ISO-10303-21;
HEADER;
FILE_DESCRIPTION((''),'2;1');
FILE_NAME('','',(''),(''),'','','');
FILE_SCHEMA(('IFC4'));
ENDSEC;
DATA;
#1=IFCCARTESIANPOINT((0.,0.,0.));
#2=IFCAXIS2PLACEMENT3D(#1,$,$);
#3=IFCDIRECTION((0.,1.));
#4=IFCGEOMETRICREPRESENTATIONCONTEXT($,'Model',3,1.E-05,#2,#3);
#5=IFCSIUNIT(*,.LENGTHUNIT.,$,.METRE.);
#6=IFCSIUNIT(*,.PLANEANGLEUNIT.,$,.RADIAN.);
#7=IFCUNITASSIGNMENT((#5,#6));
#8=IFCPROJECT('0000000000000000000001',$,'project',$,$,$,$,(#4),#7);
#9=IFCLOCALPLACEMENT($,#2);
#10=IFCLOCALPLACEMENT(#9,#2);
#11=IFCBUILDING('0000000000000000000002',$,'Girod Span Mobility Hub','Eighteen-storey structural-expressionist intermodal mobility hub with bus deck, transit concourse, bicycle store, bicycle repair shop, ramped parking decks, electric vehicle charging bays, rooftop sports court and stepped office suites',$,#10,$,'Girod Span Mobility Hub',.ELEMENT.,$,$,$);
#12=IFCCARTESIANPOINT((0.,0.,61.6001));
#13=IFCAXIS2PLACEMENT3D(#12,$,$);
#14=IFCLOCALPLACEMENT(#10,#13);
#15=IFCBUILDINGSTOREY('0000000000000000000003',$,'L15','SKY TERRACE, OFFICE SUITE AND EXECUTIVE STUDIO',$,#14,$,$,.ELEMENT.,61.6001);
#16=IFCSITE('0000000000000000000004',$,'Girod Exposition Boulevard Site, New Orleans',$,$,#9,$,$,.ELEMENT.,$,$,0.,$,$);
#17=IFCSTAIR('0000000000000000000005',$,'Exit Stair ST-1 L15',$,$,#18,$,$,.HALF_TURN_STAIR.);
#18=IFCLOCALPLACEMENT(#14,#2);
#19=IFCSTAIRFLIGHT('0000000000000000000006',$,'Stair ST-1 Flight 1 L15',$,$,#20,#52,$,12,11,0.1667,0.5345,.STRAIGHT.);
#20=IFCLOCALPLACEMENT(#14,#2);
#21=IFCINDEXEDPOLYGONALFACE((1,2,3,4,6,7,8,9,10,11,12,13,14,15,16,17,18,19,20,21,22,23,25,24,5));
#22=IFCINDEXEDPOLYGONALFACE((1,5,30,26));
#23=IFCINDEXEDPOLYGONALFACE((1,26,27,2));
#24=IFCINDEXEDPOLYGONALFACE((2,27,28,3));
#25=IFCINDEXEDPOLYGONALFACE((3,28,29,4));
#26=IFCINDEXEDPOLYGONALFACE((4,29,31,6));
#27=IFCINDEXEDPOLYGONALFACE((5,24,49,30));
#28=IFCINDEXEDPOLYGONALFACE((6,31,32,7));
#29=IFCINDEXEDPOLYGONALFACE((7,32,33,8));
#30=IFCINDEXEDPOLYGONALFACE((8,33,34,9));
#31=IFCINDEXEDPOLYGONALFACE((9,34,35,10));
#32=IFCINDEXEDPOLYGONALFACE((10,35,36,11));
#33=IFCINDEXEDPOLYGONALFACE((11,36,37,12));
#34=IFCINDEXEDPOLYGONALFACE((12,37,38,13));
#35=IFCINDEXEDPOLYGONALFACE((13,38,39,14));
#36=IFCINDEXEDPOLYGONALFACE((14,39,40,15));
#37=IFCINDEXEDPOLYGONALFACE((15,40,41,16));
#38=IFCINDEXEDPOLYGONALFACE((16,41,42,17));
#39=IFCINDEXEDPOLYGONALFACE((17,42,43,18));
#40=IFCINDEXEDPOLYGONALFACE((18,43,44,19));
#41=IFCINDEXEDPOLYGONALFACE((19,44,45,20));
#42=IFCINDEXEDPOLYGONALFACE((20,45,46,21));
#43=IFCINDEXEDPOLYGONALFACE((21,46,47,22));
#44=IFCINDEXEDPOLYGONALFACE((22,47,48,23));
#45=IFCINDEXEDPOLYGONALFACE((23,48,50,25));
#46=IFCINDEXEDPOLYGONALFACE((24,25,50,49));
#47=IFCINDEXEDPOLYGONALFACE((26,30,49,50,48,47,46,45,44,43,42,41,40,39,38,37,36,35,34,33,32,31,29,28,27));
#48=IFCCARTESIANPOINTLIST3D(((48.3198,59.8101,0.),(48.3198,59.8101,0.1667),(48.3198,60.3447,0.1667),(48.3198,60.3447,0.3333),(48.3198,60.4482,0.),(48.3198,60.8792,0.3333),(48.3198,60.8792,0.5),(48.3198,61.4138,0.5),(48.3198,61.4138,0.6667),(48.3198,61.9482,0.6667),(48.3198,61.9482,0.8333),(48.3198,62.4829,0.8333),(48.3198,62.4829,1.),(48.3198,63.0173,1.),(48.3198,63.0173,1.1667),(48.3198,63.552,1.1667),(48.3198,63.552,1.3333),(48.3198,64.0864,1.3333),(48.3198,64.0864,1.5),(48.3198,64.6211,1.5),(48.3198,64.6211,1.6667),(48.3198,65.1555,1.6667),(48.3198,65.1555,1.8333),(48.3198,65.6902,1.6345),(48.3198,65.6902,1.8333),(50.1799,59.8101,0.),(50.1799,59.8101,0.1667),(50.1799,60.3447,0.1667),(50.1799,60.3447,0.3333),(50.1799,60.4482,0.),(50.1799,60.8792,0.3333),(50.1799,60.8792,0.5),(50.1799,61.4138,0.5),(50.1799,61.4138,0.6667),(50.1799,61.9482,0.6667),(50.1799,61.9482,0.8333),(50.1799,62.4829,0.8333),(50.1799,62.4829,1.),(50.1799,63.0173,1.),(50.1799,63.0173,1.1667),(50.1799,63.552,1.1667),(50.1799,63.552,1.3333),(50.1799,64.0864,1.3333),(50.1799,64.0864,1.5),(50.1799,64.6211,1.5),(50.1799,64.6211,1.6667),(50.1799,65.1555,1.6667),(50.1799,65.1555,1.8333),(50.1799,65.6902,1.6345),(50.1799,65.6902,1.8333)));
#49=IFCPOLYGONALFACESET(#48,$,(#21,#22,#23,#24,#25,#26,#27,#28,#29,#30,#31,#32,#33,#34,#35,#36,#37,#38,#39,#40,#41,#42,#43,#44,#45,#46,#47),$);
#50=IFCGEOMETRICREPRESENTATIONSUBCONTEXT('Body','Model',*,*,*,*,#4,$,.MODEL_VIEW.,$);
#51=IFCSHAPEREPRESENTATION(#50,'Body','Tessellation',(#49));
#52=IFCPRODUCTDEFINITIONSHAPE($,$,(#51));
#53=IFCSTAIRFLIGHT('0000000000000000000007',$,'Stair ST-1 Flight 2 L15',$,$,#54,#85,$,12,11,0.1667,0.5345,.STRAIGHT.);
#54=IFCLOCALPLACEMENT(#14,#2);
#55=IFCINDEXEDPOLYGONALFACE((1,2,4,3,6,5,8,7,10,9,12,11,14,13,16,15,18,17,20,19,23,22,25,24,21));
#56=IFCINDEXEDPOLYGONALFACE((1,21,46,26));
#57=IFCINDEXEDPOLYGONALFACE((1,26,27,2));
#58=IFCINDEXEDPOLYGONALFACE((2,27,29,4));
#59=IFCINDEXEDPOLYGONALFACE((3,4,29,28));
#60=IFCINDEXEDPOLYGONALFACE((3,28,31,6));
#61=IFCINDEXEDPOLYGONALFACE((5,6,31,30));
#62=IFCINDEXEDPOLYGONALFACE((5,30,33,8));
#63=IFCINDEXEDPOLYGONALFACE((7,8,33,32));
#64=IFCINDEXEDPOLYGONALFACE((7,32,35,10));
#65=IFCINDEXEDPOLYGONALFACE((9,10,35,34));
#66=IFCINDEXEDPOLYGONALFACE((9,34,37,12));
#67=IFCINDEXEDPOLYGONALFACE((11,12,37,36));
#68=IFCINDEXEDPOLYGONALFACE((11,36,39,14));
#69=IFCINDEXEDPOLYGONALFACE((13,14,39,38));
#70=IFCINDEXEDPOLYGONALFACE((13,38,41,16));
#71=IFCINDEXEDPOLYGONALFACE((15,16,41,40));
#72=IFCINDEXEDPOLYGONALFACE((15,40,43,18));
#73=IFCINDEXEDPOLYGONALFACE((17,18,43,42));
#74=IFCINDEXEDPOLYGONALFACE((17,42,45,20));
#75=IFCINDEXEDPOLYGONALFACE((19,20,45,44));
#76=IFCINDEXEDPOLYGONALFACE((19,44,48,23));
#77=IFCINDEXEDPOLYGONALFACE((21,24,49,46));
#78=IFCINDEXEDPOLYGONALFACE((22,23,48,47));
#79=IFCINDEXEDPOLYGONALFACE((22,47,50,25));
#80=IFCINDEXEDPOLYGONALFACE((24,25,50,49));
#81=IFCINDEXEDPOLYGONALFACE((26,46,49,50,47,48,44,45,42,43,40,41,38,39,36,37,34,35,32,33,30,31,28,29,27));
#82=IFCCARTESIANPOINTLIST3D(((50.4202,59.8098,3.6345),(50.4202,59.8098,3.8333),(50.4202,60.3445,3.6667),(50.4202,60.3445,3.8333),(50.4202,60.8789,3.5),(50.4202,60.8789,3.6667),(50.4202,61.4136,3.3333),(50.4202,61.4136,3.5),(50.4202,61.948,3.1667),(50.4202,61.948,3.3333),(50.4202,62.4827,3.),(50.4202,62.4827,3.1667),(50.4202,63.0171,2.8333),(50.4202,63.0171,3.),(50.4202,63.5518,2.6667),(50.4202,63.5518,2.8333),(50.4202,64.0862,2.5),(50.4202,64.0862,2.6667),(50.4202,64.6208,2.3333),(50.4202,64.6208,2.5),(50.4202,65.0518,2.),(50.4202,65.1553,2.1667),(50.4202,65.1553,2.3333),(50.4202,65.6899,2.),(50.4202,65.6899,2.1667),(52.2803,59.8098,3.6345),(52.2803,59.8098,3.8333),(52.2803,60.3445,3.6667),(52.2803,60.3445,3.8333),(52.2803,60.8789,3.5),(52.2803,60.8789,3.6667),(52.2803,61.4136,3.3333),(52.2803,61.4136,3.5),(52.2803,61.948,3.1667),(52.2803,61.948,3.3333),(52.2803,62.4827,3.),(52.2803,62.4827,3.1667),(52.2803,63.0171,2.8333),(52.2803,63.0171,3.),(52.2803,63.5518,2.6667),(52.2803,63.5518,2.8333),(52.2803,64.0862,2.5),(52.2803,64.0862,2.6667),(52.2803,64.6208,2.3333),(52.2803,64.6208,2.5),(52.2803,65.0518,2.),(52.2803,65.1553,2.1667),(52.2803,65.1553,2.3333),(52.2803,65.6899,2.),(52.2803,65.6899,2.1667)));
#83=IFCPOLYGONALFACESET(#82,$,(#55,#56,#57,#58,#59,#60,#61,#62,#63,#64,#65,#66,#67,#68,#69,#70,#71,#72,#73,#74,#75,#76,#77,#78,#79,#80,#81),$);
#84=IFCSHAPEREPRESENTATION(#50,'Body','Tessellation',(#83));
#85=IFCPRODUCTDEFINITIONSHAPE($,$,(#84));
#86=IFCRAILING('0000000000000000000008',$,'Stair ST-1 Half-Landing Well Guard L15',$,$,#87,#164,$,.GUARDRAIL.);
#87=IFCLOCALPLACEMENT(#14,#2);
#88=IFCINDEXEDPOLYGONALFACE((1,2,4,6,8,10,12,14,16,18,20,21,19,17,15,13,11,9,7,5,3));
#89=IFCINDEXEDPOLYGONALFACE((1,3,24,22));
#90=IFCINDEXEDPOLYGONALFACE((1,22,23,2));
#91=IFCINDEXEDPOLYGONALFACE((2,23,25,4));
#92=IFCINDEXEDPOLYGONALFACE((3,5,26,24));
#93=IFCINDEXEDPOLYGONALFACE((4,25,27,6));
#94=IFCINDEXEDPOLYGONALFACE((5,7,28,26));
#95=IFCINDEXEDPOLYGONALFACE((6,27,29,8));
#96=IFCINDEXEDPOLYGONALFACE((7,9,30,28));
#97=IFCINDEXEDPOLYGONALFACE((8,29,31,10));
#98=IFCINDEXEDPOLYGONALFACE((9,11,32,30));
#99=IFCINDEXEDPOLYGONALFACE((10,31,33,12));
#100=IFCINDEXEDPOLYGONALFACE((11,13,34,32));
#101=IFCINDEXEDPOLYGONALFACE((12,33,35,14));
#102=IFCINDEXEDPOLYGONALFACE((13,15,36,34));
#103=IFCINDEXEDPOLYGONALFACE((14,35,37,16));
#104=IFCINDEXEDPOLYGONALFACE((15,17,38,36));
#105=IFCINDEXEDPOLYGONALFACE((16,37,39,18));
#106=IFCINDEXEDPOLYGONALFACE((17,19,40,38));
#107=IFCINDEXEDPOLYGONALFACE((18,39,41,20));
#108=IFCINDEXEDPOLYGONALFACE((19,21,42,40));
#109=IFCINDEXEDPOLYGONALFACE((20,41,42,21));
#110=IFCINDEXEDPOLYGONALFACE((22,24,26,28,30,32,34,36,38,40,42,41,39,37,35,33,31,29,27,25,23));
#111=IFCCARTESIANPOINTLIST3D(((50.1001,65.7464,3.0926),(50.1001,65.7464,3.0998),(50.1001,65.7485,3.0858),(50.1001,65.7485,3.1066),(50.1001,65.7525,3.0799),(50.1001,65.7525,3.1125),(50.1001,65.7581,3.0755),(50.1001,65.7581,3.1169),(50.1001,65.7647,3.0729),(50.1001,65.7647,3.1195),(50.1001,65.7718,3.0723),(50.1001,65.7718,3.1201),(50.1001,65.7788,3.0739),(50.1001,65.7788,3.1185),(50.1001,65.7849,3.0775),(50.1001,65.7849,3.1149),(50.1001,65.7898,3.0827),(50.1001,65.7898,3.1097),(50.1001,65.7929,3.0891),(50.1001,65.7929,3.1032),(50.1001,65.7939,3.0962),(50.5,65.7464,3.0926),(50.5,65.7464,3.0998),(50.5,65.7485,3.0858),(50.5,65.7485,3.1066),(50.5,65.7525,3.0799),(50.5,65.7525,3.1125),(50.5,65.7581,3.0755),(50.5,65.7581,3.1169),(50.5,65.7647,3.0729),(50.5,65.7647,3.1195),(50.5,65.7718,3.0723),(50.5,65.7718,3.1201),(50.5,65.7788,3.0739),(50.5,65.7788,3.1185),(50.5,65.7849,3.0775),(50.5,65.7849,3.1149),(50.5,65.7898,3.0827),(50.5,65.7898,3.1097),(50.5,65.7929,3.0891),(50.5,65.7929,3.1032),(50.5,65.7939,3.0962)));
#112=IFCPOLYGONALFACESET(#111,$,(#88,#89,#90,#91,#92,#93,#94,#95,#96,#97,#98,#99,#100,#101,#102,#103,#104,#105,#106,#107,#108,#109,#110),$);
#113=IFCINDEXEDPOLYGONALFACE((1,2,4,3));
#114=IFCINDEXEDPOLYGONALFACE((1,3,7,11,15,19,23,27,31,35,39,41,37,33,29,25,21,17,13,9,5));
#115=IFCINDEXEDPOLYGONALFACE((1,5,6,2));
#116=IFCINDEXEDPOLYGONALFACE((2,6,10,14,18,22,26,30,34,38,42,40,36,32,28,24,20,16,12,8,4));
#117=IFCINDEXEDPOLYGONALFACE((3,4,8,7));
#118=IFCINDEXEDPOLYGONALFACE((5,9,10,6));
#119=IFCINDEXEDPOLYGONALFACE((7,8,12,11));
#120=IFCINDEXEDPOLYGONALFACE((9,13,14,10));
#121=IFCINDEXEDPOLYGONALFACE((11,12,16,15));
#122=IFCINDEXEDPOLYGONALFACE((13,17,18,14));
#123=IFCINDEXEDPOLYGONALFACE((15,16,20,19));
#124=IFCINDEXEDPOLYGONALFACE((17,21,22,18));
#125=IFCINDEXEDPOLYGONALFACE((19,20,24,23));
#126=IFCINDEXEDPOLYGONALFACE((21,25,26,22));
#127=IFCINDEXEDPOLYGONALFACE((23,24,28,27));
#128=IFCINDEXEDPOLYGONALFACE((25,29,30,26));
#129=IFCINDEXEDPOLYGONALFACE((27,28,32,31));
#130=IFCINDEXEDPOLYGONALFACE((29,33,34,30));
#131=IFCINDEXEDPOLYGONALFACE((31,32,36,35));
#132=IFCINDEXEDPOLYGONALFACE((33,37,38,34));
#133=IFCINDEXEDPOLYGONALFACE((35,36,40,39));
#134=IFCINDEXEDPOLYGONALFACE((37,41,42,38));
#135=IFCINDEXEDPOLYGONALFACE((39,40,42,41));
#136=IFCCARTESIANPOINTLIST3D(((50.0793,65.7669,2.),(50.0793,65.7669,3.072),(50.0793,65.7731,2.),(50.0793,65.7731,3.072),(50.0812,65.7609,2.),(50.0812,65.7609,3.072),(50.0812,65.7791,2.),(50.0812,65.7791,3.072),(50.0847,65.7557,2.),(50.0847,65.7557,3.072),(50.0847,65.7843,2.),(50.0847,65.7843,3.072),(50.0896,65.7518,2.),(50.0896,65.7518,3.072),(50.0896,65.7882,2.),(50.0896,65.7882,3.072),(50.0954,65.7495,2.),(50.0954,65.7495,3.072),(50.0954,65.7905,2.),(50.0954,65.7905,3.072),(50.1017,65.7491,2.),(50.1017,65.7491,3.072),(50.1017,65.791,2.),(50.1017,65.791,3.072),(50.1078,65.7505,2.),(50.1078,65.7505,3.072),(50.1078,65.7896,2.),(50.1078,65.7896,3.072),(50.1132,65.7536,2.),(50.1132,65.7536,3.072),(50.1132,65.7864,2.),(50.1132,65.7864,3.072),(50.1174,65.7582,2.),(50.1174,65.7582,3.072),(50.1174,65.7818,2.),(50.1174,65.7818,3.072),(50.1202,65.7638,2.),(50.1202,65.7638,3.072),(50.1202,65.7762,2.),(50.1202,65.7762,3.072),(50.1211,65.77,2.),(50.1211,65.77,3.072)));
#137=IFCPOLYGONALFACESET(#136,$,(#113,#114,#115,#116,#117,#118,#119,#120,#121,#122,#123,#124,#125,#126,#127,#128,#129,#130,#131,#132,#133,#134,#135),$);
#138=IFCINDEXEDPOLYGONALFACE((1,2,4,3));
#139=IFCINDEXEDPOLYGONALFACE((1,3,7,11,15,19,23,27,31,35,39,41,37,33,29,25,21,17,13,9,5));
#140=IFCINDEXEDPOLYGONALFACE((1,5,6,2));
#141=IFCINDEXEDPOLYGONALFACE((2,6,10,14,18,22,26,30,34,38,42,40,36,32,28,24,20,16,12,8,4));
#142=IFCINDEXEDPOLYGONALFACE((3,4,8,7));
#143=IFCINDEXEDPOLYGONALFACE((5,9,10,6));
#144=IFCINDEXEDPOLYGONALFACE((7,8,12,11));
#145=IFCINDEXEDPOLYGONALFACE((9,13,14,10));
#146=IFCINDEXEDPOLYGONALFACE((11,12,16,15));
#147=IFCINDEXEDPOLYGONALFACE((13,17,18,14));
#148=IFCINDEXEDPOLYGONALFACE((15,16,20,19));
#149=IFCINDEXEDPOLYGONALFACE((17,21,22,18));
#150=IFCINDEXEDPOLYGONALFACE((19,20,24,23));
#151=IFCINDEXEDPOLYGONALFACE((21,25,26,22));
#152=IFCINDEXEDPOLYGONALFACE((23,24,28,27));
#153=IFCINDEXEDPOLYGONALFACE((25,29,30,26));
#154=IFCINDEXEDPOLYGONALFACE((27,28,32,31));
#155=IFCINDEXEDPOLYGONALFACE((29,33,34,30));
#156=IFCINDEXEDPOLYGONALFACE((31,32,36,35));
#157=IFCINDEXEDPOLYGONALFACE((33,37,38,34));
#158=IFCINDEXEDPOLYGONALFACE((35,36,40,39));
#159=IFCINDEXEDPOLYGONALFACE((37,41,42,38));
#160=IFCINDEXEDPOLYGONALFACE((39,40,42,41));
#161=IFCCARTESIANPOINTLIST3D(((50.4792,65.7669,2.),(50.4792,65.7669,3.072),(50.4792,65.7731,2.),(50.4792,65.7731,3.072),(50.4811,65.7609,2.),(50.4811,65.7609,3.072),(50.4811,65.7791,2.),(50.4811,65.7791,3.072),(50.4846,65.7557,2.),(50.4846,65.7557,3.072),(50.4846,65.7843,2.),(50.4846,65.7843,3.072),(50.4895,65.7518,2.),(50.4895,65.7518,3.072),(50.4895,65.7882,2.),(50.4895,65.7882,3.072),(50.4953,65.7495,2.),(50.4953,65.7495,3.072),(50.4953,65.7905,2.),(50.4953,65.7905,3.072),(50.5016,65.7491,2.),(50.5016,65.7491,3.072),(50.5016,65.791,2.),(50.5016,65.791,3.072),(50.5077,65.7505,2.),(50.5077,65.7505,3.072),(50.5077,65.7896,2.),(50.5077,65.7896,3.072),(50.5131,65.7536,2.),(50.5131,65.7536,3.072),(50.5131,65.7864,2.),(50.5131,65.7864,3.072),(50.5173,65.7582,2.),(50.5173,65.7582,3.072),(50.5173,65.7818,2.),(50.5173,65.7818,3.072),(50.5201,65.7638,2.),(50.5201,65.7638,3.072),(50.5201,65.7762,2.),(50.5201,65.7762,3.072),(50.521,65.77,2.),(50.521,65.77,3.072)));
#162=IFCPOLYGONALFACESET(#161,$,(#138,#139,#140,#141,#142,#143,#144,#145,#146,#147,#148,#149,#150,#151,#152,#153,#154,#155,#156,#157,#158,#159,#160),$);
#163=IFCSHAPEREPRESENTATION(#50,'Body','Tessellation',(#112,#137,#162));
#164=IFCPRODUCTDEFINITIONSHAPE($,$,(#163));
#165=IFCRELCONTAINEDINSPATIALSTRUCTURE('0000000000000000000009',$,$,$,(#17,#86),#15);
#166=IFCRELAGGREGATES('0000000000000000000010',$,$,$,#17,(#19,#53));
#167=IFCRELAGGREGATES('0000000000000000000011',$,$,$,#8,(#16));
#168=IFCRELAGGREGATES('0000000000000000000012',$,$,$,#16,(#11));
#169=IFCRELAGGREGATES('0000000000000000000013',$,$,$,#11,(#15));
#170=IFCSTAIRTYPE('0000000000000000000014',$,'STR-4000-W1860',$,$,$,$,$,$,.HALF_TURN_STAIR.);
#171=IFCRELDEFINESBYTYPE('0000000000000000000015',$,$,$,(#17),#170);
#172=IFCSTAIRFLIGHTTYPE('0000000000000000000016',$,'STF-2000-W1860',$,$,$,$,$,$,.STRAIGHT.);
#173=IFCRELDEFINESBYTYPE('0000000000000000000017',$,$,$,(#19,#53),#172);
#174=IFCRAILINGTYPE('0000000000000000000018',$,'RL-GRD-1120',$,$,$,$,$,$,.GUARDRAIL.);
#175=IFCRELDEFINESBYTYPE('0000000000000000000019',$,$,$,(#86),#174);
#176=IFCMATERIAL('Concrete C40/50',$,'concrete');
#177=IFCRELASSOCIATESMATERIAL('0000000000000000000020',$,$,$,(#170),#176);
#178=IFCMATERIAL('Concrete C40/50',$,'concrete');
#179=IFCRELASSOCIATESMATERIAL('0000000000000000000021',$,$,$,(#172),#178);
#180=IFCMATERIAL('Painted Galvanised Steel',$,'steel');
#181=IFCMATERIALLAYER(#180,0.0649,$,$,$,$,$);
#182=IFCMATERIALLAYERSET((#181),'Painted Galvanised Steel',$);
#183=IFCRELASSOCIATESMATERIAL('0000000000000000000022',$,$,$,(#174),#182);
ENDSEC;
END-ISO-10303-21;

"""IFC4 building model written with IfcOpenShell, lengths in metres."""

from ifc_helpers import new_model, si_unit, direction, frame, origin, origin_2d, place, context, subcontext, project, spatial, polyline, circle, outline, extrude, material, layer, layer_set, type_object, element, aggregate, save


model = new_model("IFC4")

# Units and contexts
model_context = context("Model", 3, precision=1e-05, world=origin(), true_north=direction((0.0, 1.0)))
body_context = subcontext(model_context, "Body", "Model", "MODEL_VIEW")
ifc_project = project(units=[si_unit("LENGTHUNIT", "METRE"), si_unit("PLANEANGLEUNIT", "RADIAN")], contexts=[model_context])

# Site, building, storey
site_placement = place(None, origin())
site = spatial("IfcSite", under=ifc_project, at=site_placement, Name="Girod Exposition Boulevard Site, New Orleans", CompositionType="ELEMENT", RefElevation=0.0)
building_placement = place(site_placement, origin())
building = spatial("IfcBuilding", under=site, at=building_placement, Name="Girod Span Mobility Hub", Description="Eighteen-storey structural-expressionist intermodal mobility hub with bus deck, transit concourse, bicycle store, bicycle repair shop, ramped parking decks, electric vehicle charging bays, rooftop sports court and stepped office suites", LongName="Girod Span Mobility Hub", CompositionType="ELEMENT")
storey_placement = place(building_placement, frame((0.0, 0.0, 61.6001)))
storey = spatial("IfcBuildingStorey", under=building, at=storey_placement, Name="L15", Description="SKY TERRACE, OFFICE SUITE AND EXECUTIVE STUDIO", CompositionType="ELEMENT", Elevation=61.6001)

# Stair, stair flights
ifc_material_1 = material(Name="Concrete C40/50", Category="concrete")
stair_type = type_object("IfcStairType", Name="STR-4000-W1860", PredefinedType="HALF_TURN_STAIR", material=ifc_material_1)
stair_placement = place(storey_placement, origin())
stair = element("IfcStair", 1, at=stair_placement, inside=storey, type_object=stair_type, Name="Exit Stair ST-1 L15", PredefinedType="HALF_TURN_STAIR")
ifc_material_2 = material(Name="Concrete C40/50", Category="concrete")
stair_flight_type = type_object("IfcStairFlightType", Name="STF-2000-W1860", PredefinedType="STRAIGHT", material=ifc_material_2)
stair_flight_1_placement = place(storey_placement, frame((49.25, 59.8101, 0.0), z_axis=(0.0, 0.0, 1.0), x_axis=(0.0, 1.0, 0.0)))
stair_flight_1 = element("IfcStairFlight", 2, at=stair_flight_1_placement, type_object=stair_flight_type, Name="Stair ST-1 Flight 1 L15", NumberOfRisers=12, NumberOfTreads=11, PredefinedType="STRAIGHT", RiserHeight=0.1667, TreadLength=0.5345, context=body_context, shape_type="SweptSolid", body=[
    extrude(outline(polyline([(0.0, 0.0), (0.0, 0.1667), (0.5347, 0.1667), (0.5347, 0.3333), (1.0691, 0.3333), (1.0691, 0.5), (1.6038, 0.5), (1.6038, 0.6667), (2.1382, 0.6667), (2.1382, 0.8333), (2.6729, 0.8333), (2.6729, 1.0), (3.2073, 1.0), (3.2073, 1.1667), (3.7419, 1.1667), (3.7419, 1.3333), (4.2764, 1.3333), (4.2764, 1.5), (4.811, 1.5), (4.811, 1.6667), (5.3455, 1.6667), (5.3455, 1.8333), (5.8801, 1.8333), (5.8801, 2.0), (5.8801, 1.6345), (0.6382, 0.0), (0.0, 0.0)])), frame((0.0, 0.9302, 0.0), z_axis=(0.0, -1.0, 0.0), x_axis=(1.0, 0.0, 0.0)), (0.0, 0.0, 1.0), 1.8601),
])
stair_flight_2_placement = place(storey_placement, frame((51.3501, 65.6899, 2.0), z_axis=(0.0, 0.0, 1.0), x_axis=(0.0, -1.0, 0.0)))
stair_flight_2 = element("IfcStairFlight", 3, at=stair_flight_2_placement, type_object=stair_flight_type, Name="Stair ST-1 Flight 2 L15", NumberOfRisers=12, NumberOfTreads=11, PredefinedType="STRAIGHT", RiserHeight=0.1667, TreadLength=0.5345, context=body_context, shape_type="SweptSolid", body=[
    extrude(outline(polyline([(0.0, 0.0), (0.0, 0.1667), (0.5347, 0.1667), (0.5347, 0.3333), (1.0691, 0.3333), (1.0691, 0.5), (1.6038, 0.5), (1.6038, 0.6667), (2.1382, 0.6667), (2.1382, 0.8333), (2.6729, 0.8333), (2.6729, 1.0), (3.2073, 1.0), (3.2073, 1.1667), (3.7419, 1.1667), (3.7419, 1.3333), (4.2764, 1.3333), (4.2764, 1.5), (4.811, 1.5), (4.811, 1.6667), (5.3455, 1.6667), (5.3455, 1.8333), (5.8801, 1.8333), (5.8801, 2.0), (5.8801, 1.6345), (0.6382, 0.0), (0.0, 0.0)])), frame((0.0, 0.9302, 0.0), z_axis=(0.0, -1.0, 0.0), x_axis=(1.0, 0.0, 0.0)), (0.0, 0.0, 1.0), 1.8601),
])
aggregate(stair, [stair_flight_1, stair_flight_2])

# Railing
ifc_material_3 = material(Name="Painted Galvanised Steel", Category="steel")
ifc_layer_1 = layer(ifc_material_3, 0.0649)
ifc_layer_set_1 = layer_set([ifc_layer_1], Name="Painted Galvanised Steel")
railing_type_1 = type_object("IfcRailingType", Name="RL-GRD-1120", PredefinedType="GUARDRAIL", material=ifc_layer_set_1)
for number, where, name in (
    (4, (50.1001, 65.77, 2.0), "Stair ST-1 Half-Landing Well Guard L15"),
):
    element("IfcRailing", number, at=place(storey_placement, frame(where)), inside=storey, type_object=railing_type_1, Name=name, PredefinedType="GUARDRAIL", context=body_context, shape_type="SweptSolid", body=[
        extrude(circle(Radius=0.0239, at=origin_2d()), frame((0.0, 0.0, 1.0962), z_axis=(1.0, 0.0, 0.0), x_axis=(0.0, 1.0, 0.0)), (0.0, 0.0, 1.0), 0.3999),
        extrude(circle(Radius=0.021, at=origin_2d()), origin(), (0.0, 0.0, 1.0), 1.072),
        extrude(circle(Radius=0.021, at=origin_2d()), frame((0.3999, 0.0, 0.0)), (0.0, 0.0, 1.0), 1.072),
    ])

save(model, "model.ifc")
